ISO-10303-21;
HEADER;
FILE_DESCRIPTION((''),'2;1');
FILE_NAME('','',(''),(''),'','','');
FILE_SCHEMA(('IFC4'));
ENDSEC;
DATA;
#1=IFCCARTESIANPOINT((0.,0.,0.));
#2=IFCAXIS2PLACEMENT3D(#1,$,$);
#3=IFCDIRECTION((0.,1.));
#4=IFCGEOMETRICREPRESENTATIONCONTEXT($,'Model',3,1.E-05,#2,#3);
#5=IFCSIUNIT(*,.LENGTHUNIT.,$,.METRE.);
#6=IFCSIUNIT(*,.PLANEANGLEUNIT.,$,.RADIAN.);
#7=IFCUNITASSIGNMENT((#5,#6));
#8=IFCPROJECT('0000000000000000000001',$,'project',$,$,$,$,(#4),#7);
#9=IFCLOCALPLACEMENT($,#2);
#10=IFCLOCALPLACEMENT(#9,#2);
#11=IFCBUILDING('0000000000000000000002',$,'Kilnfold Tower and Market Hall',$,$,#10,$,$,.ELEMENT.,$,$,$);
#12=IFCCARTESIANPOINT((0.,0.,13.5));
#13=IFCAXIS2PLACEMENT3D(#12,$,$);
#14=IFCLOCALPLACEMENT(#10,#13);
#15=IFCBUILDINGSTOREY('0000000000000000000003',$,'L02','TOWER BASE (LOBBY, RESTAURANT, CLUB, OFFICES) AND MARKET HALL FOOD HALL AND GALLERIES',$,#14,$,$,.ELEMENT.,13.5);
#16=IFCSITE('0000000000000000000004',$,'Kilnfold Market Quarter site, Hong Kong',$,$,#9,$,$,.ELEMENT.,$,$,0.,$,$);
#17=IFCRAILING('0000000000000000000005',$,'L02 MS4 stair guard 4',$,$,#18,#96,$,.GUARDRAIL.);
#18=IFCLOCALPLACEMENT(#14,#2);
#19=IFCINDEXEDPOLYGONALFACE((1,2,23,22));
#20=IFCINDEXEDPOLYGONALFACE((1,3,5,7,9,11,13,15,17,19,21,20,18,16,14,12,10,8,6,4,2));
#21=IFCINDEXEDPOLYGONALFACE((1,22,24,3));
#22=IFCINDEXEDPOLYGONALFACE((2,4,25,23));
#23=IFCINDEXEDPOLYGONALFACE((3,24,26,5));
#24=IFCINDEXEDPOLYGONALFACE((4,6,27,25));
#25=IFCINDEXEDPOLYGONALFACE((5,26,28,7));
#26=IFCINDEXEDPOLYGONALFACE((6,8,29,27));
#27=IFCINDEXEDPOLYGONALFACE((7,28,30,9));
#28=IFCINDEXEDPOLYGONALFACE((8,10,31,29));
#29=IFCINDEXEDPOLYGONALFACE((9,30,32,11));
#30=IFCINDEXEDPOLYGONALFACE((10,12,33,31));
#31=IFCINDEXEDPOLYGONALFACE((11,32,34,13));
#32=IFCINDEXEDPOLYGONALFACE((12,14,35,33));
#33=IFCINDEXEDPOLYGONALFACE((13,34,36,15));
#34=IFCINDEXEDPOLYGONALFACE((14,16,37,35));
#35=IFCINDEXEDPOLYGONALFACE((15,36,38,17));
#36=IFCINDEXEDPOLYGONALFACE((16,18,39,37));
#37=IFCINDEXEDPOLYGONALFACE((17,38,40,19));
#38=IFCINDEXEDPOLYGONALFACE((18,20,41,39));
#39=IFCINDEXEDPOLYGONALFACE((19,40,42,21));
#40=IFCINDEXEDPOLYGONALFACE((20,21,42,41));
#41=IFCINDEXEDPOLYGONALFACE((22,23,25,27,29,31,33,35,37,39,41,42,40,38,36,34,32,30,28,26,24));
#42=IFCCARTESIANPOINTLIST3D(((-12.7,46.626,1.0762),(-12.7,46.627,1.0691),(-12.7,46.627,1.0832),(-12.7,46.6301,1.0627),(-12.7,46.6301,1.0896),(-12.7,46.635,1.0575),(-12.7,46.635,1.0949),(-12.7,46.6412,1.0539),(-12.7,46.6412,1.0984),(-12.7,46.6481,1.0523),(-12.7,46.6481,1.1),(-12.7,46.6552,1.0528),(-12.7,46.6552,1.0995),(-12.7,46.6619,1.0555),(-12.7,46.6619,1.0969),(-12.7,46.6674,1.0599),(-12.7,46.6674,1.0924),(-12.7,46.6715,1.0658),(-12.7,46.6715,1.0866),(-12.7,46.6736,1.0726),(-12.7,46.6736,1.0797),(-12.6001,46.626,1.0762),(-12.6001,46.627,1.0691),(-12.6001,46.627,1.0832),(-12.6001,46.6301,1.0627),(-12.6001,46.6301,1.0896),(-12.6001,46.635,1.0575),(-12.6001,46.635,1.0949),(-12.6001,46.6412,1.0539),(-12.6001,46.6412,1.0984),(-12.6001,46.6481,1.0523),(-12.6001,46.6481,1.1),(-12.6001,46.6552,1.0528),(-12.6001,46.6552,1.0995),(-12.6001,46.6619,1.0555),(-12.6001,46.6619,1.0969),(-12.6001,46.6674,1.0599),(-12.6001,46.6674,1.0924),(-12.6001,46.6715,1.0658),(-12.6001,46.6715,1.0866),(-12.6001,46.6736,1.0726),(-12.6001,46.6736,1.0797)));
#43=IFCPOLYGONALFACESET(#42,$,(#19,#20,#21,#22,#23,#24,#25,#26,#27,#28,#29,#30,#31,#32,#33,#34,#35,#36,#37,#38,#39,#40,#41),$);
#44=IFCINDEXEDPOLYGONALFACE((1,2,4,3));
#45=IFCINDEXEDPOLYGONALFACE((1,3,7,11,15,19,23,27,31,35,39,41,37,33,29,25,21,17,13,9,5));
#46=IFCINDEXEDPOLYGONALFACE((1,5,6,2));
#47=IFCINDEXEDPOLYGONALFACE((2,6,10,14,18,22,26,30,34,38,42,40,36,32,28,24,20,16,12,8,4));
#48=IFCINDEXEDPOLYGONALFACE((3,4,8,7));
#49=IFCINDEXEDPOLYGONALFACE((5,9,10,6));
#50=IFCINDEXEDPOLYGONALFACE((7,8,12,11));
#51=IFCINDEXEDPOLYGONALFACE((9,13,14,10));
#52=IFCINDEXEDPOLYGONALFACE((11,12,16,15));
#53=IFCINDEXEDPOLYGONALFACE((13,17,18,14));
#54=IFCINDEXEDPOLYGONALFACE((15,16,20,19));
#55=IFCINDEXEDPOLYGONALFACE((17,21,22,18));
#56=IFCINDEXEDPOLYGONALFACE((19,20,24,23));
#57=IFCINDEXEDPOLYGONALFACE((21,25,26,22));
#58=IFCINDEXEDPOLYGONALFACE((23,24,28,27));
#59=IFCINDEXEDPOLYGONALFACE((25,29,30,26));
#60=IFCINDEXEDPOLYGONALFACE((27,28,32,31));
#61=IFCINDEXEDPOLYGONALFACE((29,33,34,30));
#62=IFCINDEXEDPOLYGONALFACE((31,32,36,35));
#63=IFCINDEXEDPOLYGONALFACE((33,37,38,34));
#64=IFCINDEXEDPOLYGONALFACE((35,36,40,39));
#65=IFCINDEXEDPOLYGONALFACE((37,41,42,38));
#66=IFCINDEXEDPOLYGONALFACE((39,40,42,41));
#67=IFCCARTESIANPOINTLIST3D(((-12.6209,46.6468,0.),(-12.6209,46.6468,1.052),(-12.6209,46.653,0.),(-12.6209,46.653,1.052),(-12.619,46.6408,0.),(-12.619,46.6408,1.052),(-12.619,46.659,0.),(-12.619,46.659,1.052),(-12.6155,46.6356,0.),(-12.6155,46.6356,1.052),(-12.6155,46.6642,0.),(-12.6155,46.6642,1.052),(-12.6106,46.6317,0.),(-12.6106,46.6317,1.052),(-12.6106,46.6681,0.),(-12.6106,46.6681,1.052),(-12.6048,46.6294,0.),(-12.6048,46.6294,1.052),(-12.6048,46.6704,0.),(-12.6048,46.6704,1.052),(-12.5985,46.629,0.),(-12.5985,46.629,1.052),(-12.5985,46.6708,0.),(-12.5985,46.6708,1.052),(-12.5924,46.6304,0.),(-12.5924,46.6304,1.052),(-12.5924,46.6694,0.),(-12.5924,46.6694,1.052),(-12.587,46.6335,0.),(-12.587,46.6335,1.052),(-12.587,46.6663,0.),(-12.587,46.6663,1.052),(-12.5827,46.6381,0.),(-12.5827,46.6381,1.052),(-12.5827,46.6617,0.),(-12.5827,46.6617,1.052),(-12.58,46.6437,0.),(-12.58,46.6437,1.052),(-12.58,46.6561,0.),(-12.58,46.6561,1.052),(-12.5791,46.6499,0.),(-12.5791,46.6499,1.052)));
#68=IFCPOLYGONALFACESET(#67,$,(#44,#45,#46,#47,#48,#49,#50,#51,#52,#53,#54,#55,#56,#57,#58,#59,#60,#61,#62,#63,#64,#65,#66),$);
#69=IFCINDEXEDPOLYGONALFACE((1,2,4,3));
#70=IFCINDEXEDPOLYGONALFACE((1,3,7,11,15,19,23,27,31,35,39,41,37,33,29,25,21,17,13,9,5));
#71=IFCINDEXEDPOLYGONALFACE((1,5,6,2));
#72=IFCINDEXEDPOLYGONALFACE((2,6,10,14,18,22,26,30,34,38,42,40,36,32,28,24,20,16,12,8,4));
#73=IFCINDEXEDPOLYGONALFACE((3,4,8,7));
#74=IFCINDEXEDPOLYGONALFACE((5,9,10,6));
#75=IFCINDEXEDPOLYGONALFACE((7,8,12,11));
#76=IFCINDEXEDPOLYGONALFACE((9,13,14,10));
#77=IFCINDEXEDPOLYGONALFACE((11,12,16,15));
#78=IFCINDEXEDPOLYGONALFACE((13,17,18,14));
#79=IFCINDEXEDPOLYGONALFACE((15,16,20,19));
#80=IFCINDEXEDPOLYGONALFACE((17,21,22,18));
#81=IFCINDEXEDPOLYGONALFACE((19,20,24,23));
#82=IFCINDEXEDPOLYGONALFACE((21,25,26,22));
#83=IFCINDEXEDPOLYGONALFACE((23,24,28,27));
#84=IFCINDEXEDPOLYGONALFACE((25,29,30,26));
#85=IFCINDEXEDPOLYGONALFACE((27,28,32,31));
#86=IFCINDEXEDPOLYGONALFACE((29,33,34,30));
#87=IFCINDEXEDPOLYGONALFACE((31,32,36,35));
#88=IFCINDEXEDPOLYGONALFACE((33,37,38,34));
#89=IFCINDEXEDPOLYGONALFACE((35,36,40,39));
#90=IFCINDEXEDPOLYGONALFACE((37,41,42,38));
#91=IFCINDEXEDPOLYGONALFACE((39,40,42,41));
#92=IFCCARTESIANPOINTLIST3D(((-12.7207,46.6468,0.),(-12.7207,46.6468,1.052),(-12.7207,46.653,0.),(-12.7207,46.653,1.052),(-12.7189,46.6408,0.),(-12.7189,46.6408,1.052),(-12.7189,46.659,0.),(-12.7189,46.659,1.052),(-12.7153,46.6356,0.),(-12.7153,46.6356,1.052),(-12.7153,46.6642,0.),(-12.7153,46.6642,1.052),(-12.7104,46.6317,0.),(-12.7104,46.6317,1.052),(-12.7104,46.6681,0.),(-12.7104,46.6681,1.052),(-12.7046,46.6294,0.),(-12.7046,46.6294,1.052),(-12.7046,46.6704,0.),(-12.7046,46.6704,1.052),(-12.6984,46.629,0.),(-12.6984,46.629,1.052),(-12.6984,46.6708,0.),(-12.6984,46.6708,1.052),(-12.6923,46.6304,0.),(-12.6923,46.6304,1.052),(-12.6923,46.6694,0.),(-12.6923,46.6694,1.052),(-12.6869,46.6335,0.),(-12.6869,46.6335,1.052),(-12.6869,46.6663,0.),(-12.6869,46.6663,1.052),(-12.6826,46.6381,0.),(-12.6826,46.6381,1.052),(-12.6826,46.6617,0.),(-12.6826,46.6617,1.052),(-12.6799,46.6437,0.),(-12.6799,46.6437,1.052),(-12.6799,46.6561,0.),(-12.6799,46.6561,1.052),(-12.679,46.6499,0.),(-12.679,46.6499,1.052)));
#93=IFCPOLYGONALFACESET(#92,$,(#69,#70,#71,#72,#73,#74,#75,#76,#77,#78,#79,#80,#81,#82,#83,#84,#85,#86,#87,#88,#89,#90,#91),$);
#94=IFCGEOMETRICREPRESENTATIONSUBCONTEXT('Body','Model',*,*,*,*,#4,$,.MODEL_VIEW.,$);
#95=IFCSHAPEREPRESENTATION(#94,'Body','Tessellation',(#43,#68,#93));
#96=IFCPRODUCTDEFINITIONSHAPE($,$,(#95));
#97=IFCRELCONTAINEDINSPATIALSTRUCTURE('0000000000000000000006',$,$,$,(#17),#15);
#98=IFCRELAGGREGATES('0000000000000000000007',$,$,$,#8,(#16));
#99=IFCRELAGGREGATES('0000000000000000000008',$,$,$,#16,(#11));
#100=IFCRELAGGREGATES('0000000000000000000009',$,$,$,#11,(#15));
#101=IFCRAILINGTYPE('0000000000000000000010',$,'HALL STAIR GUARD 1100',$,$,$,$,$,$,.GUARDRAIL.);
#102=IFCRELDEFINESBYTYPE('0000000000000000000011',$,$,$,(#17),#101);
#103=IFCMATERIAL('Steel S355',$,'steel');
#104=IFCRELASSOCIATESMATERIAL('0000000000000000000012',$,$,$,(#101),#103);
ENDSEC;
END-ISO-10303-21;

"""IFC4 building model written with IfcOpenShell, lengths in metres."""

from ifc_helpers import new_model, si_unit, direction, frame, origin, origin_2d, place, context, subcontext, project, spatial, circle, extrude, material, type_object, element, save


model = new_model("IFC4")

# Units and contexts
model_context = context("Model", 3, precision=1e-05, world=origin(), true_north=direction((0.0, 1.0)))
body_context = subcontext(model_context, "Body", "Model", "MODEL_VIEW")
ifc_project = project(units=[si_unit("LENGTHUNIT", "METRE"), si_unit("PLANEANGLEUNIT", "RADIAN")], contexts=[model_context])

# Site, building, storey
site_placement = place(None, origin())
site = spatial("IfcSite", under=ifc_project, at=site_placement, Name="Kilnfold Market Quarter site, Hong Kong", CompositionType="ELEMENT", RefElevation=0.0)
building_placement = place(site_placement, origin())
building = spatial("IfcBuilding", under=site, at=building_placement, Name="Kilnfold Tower and Market Hall", CompositionType="ELEMENT")
storey_placement = place(building_placement, frame((0.0, 0.0, 13.5)))
storey = spatial("IfcBuildingStorey", under=building, at=storey_placement, Name="L02", Description="TOWER BASE (LOBBY, RESTAURANT, CLUB, OFFICES) AND MARKET HALL FOOD HALL AND GALLERIES", CompositionType="ELEMENT", Elevation=13.5)

# Railing
ifc_material_1 = material(Name="Steel S355", Category="steel")
railing_type_1 = type_object("IfcRailingType", Name="HALL STAIR GUARD 1100", PredefinedType="GUARDRAIL", material=ifc_material_1)
railing_1_placement = place(storey_placement, frame((-12.6001, 46.6499, 0.0)))
element("IfcRailing", 1, at=railing_1_placement, inside=storey, type_object=railing_type_1, Name="L02 MS4 stair guard 4", PredefinedType="GUARDRAIL", context=body_context, shape_type="SweptSolid", body=[
    extrude(circle(Radius=0.0239, at=origin_2d()), frame((0.0, 0.0, 1.0762), z_axis=(-1.0, 0.0, 0.0), x_axis=(0.0, -1.0, 0.0)), (0.0, 0.0, 1.0), 0.0999),
    extrude(circle(Radius=0.021, at=origin_2d()), origin(), (0.0, 0.0, 1.0), 1.052),
    extrude(circle(Radius=0.021, at=origin_2d()), frame((-0.0999, 0.0, 0.0)), (0.0, 0.0, 1.0), 1.052),
])

save(model, "model.ifc")
